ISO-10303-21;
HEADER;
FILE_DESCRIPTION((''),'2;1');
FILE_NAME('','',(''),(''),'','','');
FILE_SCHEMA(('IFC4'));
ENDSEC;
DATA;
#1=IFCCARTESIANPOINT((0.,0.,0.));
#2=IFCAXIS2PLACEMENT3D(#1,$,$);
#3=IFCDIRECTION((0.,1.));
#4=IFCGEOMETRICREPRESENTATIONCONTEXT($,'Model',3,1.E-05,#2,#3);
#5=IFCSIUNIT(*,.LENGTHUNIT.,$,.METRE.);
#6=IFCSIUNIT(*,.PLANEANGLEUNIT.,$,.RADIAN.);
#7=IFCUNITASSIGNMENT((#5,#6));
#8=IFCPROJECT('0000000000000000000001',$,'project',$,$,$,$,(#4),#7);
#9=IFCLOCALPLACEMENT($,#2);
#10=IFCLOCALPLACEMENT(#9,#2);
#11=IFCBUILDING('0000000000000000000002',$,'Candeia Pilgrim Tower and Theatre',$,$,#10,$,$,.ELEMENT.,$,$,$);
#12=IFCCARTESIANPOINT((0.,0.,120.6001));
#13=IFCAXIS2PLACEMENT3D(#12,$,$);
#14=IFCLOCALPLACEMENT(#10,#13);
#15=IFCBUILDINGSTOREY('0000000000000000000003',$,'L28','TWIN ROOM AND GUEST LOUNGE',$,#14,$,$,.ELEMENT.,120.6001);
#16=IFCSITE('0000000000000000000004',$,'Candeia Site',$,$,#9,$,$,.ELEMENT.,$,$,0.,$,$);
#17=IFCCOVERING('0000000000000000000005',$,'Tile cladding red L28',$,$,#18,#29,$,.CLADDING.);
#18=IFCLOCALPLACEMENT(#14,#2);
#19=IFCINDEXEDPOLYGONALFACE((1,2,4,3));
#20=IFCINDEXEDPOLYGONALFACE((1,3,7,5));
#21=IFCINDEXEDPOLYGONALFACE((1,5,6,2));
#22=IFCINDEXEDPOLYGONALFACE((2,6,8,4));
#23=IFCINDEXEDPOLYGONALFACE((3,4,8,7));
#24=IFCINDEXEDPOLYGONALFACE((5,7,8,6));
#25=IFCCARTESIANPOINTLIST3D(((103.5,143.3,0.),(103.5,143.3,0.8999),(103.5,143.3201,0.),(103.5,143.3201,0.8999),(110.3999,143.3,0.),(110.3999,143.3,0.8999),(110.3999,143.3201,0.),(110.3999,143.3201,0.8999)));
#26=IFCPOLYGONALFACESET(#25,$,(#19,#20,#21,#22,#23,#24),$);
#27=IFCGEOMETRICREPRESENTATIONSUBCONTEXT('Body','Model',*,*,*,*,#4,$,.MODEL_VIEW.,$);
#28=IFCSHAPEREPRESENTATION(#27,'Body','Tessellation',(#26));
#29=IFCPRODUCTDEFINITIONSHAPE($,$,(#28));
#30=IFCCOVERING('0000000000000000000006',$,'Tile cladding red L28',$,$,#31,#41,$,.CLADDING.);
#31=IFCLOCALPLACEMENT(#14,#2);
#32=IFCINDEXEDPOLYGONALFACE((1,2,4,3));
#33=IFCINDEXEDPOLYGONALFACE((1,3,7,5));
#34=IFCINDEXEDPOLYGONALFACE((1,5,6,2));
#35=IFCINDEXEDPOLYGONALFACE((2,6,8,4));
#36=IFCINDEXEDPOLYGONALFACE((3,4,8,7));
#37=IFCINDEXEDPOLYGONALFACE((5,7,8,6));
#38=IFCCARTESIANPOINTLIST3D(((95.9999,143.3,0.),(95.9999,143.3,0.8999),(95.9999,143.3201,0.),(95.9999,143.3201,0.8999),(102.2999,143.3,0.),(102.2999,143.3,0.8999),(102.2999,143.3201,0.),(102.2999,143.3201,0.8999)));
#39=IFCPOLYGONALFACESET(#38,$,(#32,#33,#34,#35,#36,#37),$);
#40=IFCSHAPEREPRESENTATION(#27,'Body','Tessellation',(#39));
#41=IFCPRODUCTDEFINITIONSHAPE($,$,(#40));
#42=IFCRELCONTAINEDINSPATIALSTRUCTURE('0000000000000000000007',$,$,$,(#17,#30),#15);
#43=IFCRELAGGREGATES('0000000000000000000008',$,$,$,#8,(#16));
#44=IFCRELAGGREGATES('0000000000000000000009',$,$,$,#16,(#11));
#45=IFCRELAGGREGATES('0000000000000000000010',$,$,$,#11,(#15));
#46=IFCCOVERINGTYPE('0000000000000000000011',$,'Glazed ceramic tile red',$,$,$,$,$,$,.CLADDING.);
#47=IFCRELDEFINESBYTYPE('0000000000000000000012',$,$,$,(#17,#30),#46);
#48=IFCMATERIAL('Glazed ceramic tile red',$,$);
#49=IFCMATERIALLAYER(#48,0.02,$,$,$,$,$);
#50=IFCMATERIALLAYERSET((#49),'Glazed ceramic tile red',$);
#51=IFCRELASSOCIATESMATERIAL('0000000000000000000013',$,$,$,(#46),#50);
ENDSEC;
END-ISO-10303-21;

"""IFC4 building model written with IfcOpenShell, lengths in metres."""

from ifc_helpers import new_model, si_unit, direction, frame, origin, origin_2d, place, context, subcontext, project, spatial, rectangle, extrude, material, layer, layer_set, type_object, element, save


model = new_model("IFC4")

# Units and contexts
model_context = context("Model", 3, precision=1e-05, world=origin(), true_north=direction((0.0, 1.0)))
body_context = subcontext(model_context, "Body", "Model", "MODEL_VIEW")
ifc_project = project(units=[si_unit("LENGTHUNIT", "METRE"), si_unit("PLANEANGLEUNIT", "RADIAN")], contexts=[model_context])

# Site, building, storey
site_placement = place(None, origin())
site = spatial("IfcSite", under=ifc_project, at=site_placement, Name="Candeia Site", CompositionType="ELEMENT", RefElevation=0.0)
building_placement = place(site_placement, origin())
building = spatial("IfcBuilding", under=site, at=building_placement, Name="Candeia Pilgrim Tower and Theatre", CompositionType="ELEMENT")
storey_placement = place(building_placement, frame((0.0, 0.0, 120.6001)))
storey = spatial("IfcBuildingStorey", under=building, at=storey_placement, Name="L28", Description="TWIN ROOM AND GUEST LOUNGE", CompositionType="ELEMENT", Elevation=120.6001)

# Coverings
ifc_material_1 = material(Name="Glazed ceramic tile red")
ifc_layer_1 = layer(ifc_material_1, 0.02)
ifc_layer_set_1 = layer_set([ifc_layer_1], Name="Glazed ceramic tile red")
covering_type = type_object("IfcCoveringType", Name="Glazed ceramic tile red", PredefinedType="CLADDING", material=ifc_layer_set_1)
covering_1_placement = place(storey_placement, frame((106.95, 143.3101, 0.0), z_axis=(0.0, 0.0, 1.0), x_axis=(-1.0, 0.0, 0.0)))
element("IfcCovering", 1, at=covering_1_placement, inside=storey, type_object=covering_type, Name="Tile cladding red L28", PredefinedType="CLADDING", context=body_context, shape_type="SweptSolid", body=[
    extrude(rectangle(XDim=6.8999, YDim=0.02, at=origin_2d()), origin(), (0.0, 0.0, 1.0), 0.8999),
])
covering_2_placement = place(storey_placement, frame((99.1499, 143.3101, 0.0), z_axis=(0.0, 0.0, 1.0), x_axis=(-1.0, 0.0, 0.0)))
element("IfcCovering", 2, at=covering_2_placement, inside=storey, type_object=covering_type, Name="Tile cladding red L28", PredefinedType="CLADDING", context=body_context, shape_type="SweptSolid", body=[
    extrude(rectangle(XDim=6.3, YDim=0.02, at=origin_2d()), origin(), (0.0, 0.0, 1.0), 0.8999),
])

save(model, "model.ifc")
